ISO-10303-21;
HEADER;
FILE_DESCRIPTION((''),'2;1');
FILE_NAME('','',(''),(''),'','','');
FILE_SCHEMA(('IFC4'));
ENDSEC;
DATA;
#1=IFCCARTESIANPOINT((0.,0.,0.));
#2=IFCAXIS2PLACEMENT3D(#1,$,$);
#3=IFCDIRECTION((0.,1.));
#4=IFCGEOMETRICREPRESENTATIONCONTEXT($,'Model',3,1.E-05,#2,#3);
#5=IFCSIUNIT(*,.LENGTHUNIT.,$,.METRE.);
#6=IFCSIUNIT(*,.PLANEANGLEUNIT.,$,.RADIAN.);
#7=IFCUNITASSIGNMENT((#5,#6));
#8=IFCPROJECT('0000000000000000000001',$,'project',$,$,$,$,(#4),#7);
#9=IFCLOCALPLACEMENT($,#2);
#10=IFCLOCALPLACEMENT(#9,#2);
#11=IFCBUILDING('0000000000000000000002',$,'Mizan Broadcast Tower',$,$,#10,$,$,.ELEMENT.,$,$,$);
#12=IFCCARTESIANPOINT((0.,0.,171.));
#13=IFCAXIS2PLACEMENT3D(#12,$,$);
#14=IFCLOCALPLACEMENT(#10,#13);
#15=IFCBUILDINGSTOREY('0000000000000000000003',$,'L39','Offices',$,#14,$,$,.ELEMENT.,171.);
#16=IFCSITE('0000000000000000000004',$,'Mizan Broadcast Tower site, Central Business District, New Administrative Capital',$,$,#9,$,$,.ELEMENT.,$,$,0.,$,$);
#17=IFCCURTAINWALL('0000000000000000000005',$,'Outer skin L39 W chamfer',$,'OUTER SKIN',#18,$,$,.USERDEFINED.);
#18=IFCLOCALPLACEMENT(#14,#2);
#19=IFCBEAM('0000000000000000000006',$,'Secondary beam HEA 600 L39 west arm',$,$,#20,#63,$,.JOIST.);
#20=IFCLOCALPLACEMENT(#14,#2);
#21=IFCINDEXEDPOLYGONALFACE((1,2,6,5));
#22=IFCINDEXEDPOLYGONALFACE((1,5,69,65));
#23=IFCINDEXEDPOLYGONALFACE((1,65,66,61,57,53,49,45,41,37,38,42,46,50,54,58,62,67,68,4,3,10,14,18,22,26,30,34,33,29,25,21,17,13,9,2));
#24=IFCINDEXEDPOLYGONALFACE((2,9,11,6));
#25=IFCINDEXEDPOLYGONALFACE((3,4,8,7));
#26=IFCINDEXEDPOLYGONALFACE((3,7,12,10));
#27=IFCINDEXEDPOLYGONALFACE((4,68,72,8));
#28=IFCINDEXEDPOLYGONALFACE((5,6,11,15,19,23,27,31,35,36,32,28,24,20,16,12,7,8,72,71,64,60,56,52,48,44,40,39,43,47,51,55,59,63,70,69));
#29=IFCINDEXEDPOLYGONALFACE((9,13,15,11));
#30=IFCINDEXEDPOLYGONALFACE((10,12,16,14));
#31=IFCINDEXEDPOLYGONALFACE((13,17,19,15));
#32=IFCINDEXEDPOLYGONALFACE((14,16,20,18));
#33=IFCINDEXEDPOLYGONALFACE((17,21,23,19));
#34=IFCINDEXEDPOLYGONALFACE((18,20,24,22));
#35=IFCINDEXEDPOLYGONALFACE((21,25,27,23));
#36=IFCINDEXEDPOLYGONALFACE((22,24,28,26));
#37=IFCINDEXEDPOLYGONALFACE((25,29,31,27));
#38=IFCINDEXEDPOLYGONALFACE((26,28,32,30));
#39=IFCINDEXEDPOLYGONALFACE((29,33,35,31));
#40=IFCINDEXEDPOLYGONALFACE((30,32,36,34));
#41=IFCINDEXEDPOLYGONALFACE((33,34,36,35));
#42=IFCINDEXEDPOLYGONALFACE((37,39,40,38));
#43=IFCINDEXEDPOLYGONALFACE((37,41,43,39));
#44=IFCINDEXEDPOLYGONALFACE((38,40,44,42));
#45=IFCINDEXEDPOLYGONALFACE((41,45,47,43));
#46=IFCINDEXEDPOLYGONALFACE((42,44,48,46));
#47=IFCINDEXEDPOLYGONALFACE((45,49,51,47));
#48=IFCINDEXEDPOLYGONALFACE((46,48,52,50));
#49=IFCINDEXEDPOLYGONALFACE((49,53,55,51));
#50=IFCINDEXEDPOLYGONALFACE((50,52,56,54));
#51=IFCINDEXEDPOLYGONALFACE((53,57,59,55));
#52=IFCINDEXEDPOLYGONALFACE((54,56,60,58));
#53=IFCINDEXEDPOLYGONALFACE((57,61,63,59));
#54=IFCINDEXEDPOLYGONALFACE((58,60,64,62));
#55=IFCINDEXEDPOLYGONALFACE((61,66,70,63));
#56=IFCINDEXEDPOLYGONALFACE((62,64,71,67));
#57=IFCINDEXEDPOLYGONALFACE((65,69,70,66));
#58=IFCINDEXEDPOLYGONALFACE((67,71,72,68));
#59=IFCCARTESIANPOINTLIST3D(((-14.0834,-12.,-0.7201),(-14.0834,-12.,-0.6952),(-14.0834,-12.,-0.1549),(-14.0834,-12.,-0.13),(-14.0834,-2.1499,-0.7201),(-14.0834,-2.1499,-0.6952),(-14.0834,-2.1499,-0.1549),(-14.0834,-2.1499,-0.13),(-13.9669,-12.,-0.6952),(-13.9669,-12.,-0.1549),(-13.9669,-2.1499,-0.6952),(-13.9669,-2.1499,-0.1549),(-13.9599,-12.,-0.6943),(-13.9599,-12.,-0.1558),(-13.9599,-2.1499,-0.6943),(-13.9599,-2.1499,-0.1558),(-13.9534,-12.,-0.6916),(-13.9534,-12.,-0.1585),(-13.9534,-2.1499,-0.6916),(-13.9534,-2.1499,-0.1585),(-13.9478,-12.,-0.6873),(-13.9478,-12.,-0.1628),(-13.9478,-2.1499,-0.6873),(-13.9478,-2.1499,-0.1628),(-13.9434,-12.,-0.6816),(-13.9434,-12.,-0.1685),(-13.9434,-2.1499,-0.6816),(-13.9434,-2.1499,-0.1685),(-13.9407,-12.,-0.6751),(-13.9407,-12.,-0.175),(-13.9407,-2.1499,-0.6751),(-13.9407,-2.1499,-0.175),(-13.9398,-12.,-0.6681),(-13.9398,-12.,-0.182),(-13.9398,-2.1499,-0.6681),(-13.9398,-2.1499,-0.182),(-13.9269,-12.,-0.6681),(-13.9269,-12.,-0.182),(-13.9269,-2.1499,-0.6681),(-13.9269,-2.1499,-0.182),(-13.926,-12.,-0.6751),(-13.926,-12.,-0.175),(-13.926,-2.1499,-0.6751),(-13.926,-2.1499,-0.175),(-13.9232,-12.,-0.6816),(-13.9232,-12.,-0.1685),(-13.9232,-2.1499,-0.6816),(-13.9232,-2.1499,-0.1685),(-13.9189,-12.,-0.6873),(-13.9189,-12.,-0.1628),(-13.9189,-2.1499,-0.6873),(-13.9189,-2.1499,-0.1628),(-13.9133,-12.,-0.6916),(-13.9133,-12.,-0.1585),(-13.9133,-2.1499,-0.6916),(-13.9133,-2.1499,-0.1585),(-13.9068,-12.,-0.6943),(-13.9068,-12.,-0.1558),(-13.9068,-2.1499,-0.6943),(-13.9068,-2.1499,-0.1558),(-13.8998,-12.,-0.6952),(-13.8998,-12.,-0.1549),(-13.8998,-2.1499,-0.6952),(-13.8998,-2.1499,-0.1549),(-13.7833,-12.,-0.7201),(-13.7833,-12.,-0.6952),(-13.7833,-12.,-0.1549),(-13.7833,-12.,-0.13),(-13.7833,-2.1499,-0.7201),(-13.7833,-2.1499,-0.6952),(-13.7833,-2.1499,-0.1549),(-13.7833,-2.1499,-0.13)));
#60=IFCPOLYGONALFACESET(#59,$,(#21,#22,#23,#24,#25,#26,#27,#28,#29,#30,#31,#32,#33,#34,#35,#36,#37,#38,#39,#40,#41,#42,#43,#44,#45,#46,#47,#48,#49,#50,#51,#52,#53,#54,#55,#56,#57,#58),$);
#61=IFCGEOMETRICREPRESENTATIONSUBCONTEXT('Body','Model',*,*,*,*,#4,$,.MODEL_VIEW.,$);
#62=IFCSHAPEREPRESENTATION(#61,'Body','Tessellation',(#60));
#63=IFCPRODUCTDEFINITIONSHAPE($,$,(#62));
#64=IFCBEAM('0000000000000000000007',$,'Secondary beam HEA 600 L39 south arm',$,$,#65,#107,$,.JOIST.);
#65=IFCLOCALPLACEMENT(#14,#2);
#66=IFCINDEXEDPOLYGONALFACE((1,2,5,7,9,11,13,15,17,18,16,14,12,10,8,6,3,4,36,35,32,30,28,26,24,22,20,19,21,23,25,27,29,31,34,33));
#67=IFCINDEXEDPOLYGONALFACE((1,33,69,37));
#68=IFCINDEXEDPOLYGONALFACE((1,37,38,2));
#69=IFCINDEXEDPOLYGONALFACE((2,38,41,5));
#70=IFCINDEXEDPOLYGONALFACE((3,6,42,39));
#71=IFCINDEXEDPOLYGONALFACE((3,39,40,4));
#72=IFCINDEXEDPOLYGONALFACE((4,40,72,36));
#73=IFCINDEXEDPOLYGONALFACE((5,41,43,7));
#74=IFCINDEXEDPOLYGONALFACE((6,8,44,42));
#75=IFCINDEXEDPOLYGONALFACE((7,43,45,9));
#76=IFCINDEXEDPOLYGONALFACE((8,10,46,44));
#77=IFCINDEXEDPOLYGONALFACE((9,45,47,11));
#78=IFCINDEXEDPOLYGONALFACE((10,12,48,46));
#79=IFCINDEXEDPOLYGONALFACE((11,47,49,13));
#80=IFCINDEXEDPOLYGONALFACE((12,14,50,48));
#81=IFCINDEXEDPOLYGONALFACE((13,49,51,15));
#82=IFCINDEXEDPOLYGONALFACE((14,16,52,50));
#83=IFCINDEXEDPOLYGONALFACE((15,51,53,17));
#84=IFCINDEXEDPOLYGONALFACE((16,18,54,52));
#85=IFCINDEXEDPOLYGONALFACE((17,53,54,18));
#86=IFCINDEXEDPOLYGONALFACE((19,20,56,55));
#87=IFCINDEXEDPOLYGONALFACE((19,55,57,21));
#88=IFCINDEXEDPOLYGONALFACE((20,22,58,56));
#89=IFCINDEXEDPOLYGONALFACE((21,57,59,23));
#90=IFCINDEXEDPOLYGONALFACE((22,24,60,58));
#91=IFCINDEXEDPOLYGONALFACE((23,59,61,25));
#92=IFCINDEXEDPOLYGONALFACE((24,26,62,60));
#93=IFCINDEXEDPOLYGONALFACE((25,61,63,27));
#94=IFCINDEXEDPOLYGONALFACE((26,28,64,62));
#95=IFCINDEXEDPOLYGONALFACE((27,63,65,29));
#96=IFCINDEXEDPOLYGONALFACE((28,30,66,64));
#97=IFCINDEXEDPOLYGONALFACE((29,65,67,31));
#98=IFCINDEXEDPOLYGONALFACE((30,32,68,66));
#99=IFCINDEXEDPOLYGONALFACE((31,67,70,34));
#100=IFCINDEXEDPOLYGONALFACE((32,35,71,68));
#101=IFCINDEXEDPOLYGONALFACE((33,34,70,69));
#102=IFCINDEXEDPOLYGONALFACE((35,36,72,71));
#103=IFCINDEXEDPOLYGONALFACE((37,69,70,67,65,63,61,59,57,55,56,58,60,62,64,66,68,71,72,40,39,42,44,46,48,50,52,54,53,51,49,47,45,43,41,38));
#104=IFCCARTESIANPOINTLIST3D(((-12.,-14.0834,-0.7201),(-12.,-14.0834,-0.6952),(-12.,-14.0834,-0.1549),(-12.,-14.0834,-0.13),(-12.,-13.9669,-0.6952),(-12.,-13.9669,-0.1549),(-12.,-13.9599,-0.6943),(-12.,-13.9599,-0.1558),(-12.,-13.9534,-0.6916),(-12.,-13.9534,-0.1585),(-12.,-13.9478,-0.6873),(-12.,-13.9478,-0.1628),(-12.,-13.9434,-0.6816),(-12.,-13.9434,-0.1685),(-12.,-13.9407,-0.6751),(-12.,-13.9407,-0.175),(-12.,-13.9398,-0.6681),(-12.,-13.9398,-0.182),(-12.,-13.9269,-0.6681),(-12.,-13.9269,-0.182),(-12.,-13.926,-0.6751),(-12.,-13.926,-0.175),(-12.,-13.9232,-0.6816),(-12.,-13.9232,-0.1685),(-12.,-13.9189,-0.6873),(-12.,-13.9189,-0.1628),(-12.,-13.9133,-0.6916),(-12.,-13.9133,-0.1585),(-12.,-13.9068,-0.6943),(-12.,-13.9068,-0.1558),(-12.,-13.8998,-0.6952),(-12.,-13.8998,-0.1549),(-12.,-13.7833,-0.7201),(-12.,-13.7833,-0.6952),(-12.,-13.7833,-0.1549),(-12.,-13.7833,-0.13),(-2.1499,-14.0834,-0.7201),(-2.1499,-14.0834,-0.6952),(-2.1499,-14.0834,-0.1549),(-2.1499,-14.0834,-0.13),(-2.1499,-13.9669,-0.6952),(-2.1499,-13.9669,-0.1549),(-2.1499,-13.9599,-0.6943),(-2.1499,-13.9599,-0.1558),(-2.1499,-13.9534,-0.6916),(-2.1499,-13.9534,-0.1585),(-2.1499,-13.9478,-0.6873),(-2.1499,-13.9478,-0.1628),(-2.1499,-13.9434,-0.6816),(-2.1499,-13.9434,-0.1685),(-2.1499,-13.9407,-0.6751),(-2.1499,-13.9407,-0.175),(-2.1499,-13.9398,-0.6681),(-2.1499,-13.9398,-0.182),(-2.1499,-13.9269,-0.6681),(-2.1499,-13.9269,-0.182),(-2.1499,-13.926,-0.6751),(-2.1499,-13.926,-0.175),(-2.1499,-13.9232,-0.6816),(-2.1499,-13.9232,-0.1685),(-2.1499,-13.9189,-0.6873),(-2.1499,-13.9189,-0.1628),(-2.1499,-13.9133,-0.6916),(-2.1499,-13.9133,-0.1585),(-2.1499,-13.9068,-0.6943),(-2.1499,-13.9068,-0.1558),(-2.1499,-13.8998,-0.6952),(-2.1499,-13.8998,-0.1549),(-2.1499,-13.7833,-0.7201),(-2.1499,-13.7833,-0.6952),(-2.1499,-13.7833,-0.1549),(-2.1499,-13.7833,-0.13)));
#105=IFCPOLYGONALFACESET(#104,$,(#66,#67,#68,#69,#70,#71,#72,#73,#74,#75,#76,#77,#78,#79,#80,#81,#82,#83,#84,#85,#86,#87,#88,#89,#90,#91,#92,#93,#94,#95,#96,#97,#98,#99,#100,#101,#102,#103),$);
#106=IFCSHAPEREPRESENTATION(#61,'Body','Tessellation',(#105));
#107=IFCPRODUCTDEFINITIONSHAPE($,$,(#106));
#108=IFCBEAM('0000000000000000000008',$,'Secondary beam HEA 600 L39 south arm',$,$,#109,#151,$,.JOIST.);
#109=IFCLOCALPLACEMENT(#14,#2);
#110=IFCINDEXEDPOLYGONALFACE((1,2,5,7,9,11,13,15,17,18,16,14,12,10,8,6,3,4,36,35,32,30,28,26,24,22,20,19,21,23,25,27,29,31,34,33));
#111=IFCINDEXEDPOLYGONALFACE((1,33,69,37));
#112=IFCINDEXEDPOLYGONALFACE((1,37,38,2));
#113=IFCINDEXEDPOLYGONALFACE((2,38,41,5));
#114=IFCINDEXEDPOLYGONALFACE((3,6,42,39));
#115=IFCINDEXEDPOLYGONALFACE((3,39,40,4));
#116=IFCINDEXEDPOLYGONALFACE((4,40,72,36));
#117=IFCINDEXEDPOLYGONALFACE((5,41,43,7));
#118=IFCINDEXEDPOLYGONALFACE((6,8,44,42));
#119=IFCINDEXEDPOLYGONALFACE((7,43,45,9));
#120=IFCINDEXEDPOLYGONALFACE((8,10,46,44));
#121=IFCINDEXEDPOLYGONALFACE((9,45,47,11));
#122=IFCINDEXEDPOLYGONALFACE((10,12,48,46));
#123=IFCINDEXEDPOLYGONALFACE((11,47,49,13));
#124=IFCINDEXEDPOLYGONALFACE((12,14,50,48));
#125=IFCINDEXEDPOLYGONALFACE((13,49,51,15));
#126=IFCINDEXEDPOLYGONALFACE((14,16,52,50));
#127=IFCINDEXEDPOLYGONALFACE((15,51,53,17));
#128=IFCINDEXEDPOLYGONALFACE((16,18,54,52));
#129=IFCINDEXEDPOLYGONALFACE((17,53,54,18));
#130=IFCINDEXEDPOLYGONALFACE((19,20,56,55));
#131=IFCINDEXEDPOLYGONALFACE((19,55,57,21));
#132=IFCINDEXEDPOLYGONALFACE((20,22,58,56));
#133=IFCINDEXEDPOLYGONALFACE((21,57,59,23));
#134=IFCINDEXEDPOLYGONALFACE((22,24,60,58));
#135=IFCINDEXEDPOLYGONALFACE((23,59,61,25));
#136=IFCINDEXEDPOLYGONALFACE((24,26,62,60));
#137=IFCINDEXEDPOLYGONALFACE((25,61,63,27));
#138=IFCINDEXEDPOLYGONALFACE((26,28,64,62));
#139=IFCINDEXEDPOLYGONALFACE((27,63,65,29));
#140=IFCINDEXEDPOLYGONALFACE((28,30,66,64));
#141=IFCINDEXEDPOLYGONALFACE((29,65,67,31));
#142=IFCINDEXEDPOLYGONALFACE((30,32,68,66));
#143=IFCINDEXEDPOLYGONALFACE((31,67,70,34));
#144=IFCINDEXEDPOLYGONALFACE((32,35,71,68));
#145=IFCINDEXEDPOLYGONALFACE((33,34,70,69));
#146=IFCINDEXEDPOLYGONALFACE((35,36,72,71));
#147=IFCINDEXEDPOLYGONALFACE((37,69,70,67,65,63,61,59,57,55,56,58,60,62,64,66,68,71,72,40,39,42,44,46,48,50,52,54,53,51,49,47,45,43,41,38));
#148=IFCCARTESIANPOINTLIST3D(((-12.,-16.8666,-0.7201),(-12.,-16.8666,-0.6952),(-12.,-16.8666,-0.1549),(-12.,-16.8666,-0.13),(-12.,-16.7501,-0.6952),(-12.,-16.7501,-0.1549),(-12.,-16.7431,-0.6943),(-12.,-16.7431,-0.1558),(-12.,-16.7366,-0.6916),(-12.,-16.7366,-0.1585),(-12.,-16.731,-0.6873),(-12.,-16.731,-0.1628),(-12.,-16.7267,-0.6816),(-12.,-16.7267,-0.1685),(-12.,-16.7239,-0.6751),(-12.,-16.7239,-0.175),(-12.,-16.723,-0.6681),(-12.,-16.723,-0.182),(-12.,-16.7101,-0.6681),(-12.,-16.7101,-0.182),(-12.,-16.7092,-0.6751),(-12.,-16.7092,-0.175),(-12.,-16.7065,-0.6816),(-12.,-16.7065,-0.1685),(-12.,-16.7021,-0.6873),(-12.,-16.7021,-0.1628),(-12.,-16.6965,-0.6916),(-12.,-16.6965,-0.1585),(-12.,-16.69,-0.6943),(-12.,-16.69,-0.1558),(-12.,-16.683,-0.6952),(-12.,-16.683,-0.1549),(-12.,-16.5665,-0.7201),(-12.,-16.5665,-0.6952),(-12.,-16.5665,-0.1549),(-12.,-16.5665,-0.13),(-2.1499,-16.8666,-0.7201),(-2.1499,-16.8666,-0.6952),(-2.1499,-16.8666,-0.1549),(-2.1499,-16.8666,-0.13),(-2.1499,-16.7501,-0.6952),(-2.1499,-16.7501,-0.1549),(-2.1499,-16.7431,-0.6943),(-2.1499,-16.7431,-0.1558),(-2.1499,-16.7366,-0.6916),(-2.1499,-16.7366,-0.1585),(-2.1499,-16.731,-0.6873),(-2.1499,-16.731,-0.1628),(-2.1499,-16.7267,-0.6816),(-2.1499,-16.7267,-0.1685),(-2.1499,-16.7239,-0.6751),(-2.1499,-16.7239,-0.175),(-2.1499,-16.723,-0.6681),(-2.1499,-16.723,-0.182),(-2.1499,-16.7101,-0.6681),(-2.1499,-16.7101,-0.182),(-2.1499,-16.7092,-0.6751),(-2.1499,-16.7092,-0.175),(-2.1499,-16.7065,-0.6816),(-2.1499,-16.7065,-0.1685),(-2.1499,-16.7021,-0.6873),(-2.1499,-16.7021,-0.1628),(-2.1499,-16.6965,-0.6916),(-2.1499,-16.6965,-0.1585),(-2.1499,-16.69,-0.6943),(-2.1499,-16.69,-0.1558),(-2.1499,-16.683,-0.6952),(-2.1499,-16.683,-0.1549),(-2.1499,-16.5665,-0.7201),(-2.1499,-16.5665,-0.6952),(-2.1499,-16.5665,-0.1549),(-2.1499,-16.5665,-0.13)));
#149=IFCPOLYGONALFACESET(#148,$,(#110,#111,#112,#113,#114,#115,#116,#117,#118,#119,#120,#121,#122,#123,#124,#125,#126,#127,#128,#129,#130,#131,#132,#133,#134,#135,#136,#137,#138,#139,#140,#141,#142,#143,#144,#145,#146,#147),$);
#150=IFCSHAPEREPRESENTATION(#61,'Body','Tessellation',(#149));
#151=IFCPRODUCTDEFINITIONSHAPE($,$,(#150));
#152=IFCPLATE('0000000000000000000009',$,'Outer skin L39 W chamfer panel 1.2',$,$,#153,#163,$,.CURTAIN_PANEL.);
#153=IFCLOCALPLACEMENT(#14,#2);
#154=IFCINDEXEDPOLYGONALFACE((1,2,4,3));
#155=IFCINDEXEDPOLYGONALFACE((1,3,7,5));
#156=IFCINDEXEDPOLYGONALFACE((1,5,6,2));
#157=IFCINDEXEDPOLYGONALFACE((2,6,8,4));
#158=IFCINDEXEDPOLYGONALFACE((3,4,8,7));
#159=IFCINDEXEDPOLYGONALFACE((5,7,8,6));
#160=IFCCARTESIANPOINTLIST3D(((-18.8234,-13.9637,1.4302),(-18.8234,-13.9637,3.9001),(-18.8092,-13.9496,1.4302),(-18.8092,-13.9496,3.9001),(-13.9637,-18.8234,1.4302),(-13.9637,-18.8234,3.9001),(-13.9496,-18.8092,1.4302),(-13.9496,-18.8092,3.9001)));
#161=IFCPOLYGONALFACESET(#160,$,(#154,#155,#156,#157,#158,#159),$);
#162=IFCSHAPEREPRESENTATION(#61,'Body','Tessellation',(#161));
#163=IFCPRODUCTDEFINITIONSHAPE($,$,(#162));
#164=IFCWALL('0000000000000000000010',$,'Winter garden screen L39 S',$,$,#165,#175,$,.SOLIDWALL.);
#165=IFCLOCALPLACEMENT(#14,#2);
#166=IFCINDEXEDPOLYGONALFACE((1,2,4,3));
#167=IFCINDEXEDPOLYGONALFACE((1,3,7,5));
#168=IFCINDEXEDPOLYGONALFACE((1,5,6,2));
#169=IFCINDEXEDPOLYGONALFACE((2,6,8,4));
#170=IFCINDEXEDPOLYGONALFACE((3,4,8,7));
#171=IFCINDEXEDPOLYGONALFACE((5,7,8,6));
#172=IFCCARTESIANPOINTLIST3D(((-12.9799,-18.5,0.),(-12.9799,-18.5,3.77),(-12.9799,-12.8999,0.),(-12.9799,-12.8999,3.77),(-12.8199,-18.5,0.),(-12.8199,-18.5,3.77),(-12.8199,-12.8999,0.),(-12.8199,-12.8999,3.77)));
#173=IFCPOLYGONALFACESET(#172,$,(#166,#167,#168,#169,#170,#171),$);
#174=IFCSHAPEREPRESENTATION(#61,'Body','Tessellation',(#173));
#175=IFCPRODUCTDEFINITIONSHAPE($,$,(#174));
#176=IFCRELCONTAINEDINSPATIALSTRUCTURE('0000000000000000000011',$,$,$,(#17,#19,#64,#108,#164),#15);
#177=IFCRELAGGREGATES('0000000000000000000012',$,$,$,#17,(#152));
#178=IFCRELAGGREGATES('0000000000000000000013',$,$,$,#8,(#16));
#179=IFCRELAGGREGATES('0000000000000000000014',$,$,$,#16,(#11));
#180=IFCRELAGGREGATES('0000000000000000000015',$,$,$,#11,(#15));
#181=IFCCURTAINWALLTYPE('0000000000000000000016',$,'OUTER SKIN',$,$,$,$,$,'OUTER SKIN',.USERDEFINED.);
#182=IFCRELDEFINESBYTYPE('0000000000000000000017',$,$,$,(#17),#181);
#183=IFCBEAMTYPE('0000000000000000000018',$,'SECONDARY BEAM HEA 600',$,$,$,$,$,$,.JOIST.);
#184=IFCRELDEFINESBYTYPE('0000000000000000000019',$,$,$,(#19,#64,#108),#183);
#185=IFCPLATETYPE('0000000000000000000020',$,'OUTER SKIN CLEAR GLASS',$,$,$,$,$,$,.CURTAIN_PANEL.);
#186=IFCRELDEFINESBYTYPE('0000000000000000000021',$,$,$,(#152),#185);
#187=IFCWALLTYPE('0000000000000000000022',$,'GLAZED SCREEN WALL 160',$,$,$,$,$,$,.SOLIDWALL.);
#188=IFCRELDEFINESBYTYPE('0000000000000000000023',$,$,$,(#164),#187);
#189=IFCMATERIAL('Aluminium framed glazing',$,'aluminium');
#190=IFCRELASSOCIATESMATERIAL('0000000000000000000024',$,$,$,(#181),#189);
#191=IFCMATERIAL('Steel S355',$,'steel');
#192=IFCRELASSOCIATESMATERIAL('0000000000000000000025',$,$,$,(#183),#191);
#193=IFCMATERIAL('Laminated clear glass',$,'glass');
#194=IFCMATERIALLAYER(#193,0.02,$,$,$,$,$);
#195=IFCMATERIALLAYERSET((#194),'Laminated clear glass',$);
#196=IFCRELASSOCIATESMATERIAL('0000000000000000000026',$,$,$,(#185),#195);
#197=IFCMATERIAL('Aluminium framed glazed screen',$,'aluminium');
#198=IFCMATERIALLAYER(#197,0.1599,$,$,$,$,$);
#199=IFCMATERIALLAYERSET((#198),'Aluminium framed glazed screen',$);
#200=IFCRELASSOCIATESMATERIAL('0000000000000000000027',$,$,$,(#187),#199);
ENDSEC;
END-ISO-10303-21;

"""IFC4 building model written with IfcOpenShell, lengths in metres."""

from ifc_helpers import new_model, si_unit, direction, frame, frame_2d, origin, origin_2d, place, context, subcontext, project, spatial, rectangle, i_section, extrude, material, layer, layer_set, material_profile, profile_set, type_object, element, aggregate, save


model = new_model("IFC4")

# Units and contexts
model_context = context("Model", 3, precision=1e-05, world=origin(), true_north=direction((0.0, 1.0)))
body_context = subcontext(model_context, "Body", "Model", "MODEL_VIEW")
ifc_project = project(units=[si_unit("LENGTHUNIT", "METRE"), si_unit("PLANEANGLEUNIT", "RADIAN")], contexts=[model_context])

# Site, building, storey
site_placement = place(None, origin())
site = spatial("IfcSite", under=ifc_project, at=site_placement, Name="Mizan Broadcast Tower site, Central Business District, New Administrative Capital", CompositionType="ELEMENT", RefElevation=0.0)
building_placement = place(site_placement, origin())
building = spatial("IfcBuilding", under=site, at=building_placement, Name="Mizan Broadcast Tower", CompositionType="ELEMENT")
storey_placement = place(building_placement, frame((0.0, 0.0, 171.0)))
storey = spatial("IfcBuildingStorey", under=building, at=storey_placement, Name="L39", Description="Offices", CompositionType="ELEMENT", Elevation=171.0)

# Curtain wall
ifc_material_1 = material(Name="Aluminium framed glazing", Category="aluminium")
curtain_wall_type_1 = type_object("IfcCurtainWallType", Name="OUTER SKIN", ElementType="OUTER SKIN", PredefinedType="USERDEFINED", material=ifc_material_1)
curtain_wall_1_placement = place(storey_placement, origin())
curtain_wall_1 = element("IfcCurtainWall", 1, at=curtain_wall_1_placement, inside=storey, type_object=curtain_wall_type_1, Name="Outer skin L39 W chamfer", ObjectType="OUTER SKIN", PredefinedType="USERDEFINED")

# Beams
ifc_material_2 = material(Name="Steel S355", Category="steel")
ifc_material_profile_1 = material_profile(ifc_material_2, i_section(OverallWidth=0.3, OverallDepth=0.5901, WebThickness=0.0129, FlangeThickness=0.0249, FilletRadius=0.0271, at=origin_2d()), Name="HEA 600")
ifc_profile_set_1 = profile_set([ifc_material_profile_1], Name="Steel S355")
beam_type_1 = type_object("IfcBeamType", Name="SECONDARY BEAM HEA 600", PredefinedType="JOIST", material=ifc_profile_set_1)
for number, where, z_axis, x_axis, name in (
    (2, (-13.9333, -12.0, -0.425), (0.0, 1.0, 0.0), (-1.0, 0.0, 0.0), "Secondary beam HEA 600 L39 west arm"),
    (3, (-12.0, -13.9333, -0.425), (1.0, 0.0, 0.0), (0.0, 1.0, 0.0), "Secondary beam HEA 600 L39 south arm"),
    (4, (-12.0, -16.7166, -0.425), (1.0, 0.0, 0.0), (0.0, 1.0, 0.0), "Secondary beam HEA 600 L39 south arm"),
):
    element("IfcBeam", number, at=place(storey_placement, frame(where, z_axis=z_axis, x_axis=x_axis)), inside=storey, type_object=beam_type_1, Name=name, PredefinedType="JOIST", context=body_context, shape_type="SweptSolid", body=[
        extrude(i_section(OverallWidth=0.3, OverallDepth=0.5901, WebThickness=0.0129, FlangeThickness=0.0249, FilletRadius=0.0271, at=origin_2d()), origin(), (0.0, 0.0, 1.0), 9.8501),
    ])

# Plate
ifc_material_3 = material(Name="Laminated clear glass", Category="glass")
ifc_layer_1 = layer(ifc_material_3, 0.02)
ifc_layer_set_1 = layer_set([ifc_layer_1], Name="Laminated clear glass")
plate_type = type_object("IfcPlateType", Name="OUTER SKIN CLEAR GLASS", PredefinedType="CURTAIN_PANEL", material=ifc_layer_set_1)
plate_placement = place(storey_placement, frame((-16.3865, -16.3865, 1.4302), z_axis=(0.0, 0.0, 1.0), x_axis=(0.707107, -0.707107, 0.0)))
plate = element("IfcPlate", 5, at=plate_placement, type_object=plate_type, Name="Outer skin L39 W chamfer panel 1.2", PredefinedType="CURTAIN_PANEL", context=body_context, shape_type="SweptSolid", body=[
    extrude(rectangle(XDim=6.8726, YDim=0.02, at=origin_2d()), origin(), (0.0, 0.0, 1.0), 2.47),
])
aggregate(curtain_wall_1, [plate])

# Wall
ifc_material_4 = material(Name="Aluminium framed glazed screen", Category="aluminium")
ifc_layer_2 = layer(ifc_material_4, 0.1599)
ifc_layer_set_2 = layer_set([ifc_layer_2], Name="Aluminium framed glazed screen")
wall_type = type_object("IfcWallType", Name="GLAZED SCREEN WALL 160", PredefinedType="SOLIDWALL", material=ifc_layer_set_2)
wall_placement = place(storey_placement, frame((-12.8999, -12.8999, 0.0), z_axis=(0.0, 0.0, 1.0), x_axis=(0.0, -1.0, 0.0)))
element("IfcWall", 6, at=wall_placement, inside=storey, type_object=wall_type, Name="Winter garden screen L39 S", PredefinedType="SOLIDWALL", context=body_context, shape_type="SweptSolid", body=[
    extrude(rectangle(XDim=5.6001, YDim=0.1599, at=frame_2d((2.8, 0.0))), origin(), (0.0, 0.0, 1.0), 3.77),
])

save(model, "model.ifc")
